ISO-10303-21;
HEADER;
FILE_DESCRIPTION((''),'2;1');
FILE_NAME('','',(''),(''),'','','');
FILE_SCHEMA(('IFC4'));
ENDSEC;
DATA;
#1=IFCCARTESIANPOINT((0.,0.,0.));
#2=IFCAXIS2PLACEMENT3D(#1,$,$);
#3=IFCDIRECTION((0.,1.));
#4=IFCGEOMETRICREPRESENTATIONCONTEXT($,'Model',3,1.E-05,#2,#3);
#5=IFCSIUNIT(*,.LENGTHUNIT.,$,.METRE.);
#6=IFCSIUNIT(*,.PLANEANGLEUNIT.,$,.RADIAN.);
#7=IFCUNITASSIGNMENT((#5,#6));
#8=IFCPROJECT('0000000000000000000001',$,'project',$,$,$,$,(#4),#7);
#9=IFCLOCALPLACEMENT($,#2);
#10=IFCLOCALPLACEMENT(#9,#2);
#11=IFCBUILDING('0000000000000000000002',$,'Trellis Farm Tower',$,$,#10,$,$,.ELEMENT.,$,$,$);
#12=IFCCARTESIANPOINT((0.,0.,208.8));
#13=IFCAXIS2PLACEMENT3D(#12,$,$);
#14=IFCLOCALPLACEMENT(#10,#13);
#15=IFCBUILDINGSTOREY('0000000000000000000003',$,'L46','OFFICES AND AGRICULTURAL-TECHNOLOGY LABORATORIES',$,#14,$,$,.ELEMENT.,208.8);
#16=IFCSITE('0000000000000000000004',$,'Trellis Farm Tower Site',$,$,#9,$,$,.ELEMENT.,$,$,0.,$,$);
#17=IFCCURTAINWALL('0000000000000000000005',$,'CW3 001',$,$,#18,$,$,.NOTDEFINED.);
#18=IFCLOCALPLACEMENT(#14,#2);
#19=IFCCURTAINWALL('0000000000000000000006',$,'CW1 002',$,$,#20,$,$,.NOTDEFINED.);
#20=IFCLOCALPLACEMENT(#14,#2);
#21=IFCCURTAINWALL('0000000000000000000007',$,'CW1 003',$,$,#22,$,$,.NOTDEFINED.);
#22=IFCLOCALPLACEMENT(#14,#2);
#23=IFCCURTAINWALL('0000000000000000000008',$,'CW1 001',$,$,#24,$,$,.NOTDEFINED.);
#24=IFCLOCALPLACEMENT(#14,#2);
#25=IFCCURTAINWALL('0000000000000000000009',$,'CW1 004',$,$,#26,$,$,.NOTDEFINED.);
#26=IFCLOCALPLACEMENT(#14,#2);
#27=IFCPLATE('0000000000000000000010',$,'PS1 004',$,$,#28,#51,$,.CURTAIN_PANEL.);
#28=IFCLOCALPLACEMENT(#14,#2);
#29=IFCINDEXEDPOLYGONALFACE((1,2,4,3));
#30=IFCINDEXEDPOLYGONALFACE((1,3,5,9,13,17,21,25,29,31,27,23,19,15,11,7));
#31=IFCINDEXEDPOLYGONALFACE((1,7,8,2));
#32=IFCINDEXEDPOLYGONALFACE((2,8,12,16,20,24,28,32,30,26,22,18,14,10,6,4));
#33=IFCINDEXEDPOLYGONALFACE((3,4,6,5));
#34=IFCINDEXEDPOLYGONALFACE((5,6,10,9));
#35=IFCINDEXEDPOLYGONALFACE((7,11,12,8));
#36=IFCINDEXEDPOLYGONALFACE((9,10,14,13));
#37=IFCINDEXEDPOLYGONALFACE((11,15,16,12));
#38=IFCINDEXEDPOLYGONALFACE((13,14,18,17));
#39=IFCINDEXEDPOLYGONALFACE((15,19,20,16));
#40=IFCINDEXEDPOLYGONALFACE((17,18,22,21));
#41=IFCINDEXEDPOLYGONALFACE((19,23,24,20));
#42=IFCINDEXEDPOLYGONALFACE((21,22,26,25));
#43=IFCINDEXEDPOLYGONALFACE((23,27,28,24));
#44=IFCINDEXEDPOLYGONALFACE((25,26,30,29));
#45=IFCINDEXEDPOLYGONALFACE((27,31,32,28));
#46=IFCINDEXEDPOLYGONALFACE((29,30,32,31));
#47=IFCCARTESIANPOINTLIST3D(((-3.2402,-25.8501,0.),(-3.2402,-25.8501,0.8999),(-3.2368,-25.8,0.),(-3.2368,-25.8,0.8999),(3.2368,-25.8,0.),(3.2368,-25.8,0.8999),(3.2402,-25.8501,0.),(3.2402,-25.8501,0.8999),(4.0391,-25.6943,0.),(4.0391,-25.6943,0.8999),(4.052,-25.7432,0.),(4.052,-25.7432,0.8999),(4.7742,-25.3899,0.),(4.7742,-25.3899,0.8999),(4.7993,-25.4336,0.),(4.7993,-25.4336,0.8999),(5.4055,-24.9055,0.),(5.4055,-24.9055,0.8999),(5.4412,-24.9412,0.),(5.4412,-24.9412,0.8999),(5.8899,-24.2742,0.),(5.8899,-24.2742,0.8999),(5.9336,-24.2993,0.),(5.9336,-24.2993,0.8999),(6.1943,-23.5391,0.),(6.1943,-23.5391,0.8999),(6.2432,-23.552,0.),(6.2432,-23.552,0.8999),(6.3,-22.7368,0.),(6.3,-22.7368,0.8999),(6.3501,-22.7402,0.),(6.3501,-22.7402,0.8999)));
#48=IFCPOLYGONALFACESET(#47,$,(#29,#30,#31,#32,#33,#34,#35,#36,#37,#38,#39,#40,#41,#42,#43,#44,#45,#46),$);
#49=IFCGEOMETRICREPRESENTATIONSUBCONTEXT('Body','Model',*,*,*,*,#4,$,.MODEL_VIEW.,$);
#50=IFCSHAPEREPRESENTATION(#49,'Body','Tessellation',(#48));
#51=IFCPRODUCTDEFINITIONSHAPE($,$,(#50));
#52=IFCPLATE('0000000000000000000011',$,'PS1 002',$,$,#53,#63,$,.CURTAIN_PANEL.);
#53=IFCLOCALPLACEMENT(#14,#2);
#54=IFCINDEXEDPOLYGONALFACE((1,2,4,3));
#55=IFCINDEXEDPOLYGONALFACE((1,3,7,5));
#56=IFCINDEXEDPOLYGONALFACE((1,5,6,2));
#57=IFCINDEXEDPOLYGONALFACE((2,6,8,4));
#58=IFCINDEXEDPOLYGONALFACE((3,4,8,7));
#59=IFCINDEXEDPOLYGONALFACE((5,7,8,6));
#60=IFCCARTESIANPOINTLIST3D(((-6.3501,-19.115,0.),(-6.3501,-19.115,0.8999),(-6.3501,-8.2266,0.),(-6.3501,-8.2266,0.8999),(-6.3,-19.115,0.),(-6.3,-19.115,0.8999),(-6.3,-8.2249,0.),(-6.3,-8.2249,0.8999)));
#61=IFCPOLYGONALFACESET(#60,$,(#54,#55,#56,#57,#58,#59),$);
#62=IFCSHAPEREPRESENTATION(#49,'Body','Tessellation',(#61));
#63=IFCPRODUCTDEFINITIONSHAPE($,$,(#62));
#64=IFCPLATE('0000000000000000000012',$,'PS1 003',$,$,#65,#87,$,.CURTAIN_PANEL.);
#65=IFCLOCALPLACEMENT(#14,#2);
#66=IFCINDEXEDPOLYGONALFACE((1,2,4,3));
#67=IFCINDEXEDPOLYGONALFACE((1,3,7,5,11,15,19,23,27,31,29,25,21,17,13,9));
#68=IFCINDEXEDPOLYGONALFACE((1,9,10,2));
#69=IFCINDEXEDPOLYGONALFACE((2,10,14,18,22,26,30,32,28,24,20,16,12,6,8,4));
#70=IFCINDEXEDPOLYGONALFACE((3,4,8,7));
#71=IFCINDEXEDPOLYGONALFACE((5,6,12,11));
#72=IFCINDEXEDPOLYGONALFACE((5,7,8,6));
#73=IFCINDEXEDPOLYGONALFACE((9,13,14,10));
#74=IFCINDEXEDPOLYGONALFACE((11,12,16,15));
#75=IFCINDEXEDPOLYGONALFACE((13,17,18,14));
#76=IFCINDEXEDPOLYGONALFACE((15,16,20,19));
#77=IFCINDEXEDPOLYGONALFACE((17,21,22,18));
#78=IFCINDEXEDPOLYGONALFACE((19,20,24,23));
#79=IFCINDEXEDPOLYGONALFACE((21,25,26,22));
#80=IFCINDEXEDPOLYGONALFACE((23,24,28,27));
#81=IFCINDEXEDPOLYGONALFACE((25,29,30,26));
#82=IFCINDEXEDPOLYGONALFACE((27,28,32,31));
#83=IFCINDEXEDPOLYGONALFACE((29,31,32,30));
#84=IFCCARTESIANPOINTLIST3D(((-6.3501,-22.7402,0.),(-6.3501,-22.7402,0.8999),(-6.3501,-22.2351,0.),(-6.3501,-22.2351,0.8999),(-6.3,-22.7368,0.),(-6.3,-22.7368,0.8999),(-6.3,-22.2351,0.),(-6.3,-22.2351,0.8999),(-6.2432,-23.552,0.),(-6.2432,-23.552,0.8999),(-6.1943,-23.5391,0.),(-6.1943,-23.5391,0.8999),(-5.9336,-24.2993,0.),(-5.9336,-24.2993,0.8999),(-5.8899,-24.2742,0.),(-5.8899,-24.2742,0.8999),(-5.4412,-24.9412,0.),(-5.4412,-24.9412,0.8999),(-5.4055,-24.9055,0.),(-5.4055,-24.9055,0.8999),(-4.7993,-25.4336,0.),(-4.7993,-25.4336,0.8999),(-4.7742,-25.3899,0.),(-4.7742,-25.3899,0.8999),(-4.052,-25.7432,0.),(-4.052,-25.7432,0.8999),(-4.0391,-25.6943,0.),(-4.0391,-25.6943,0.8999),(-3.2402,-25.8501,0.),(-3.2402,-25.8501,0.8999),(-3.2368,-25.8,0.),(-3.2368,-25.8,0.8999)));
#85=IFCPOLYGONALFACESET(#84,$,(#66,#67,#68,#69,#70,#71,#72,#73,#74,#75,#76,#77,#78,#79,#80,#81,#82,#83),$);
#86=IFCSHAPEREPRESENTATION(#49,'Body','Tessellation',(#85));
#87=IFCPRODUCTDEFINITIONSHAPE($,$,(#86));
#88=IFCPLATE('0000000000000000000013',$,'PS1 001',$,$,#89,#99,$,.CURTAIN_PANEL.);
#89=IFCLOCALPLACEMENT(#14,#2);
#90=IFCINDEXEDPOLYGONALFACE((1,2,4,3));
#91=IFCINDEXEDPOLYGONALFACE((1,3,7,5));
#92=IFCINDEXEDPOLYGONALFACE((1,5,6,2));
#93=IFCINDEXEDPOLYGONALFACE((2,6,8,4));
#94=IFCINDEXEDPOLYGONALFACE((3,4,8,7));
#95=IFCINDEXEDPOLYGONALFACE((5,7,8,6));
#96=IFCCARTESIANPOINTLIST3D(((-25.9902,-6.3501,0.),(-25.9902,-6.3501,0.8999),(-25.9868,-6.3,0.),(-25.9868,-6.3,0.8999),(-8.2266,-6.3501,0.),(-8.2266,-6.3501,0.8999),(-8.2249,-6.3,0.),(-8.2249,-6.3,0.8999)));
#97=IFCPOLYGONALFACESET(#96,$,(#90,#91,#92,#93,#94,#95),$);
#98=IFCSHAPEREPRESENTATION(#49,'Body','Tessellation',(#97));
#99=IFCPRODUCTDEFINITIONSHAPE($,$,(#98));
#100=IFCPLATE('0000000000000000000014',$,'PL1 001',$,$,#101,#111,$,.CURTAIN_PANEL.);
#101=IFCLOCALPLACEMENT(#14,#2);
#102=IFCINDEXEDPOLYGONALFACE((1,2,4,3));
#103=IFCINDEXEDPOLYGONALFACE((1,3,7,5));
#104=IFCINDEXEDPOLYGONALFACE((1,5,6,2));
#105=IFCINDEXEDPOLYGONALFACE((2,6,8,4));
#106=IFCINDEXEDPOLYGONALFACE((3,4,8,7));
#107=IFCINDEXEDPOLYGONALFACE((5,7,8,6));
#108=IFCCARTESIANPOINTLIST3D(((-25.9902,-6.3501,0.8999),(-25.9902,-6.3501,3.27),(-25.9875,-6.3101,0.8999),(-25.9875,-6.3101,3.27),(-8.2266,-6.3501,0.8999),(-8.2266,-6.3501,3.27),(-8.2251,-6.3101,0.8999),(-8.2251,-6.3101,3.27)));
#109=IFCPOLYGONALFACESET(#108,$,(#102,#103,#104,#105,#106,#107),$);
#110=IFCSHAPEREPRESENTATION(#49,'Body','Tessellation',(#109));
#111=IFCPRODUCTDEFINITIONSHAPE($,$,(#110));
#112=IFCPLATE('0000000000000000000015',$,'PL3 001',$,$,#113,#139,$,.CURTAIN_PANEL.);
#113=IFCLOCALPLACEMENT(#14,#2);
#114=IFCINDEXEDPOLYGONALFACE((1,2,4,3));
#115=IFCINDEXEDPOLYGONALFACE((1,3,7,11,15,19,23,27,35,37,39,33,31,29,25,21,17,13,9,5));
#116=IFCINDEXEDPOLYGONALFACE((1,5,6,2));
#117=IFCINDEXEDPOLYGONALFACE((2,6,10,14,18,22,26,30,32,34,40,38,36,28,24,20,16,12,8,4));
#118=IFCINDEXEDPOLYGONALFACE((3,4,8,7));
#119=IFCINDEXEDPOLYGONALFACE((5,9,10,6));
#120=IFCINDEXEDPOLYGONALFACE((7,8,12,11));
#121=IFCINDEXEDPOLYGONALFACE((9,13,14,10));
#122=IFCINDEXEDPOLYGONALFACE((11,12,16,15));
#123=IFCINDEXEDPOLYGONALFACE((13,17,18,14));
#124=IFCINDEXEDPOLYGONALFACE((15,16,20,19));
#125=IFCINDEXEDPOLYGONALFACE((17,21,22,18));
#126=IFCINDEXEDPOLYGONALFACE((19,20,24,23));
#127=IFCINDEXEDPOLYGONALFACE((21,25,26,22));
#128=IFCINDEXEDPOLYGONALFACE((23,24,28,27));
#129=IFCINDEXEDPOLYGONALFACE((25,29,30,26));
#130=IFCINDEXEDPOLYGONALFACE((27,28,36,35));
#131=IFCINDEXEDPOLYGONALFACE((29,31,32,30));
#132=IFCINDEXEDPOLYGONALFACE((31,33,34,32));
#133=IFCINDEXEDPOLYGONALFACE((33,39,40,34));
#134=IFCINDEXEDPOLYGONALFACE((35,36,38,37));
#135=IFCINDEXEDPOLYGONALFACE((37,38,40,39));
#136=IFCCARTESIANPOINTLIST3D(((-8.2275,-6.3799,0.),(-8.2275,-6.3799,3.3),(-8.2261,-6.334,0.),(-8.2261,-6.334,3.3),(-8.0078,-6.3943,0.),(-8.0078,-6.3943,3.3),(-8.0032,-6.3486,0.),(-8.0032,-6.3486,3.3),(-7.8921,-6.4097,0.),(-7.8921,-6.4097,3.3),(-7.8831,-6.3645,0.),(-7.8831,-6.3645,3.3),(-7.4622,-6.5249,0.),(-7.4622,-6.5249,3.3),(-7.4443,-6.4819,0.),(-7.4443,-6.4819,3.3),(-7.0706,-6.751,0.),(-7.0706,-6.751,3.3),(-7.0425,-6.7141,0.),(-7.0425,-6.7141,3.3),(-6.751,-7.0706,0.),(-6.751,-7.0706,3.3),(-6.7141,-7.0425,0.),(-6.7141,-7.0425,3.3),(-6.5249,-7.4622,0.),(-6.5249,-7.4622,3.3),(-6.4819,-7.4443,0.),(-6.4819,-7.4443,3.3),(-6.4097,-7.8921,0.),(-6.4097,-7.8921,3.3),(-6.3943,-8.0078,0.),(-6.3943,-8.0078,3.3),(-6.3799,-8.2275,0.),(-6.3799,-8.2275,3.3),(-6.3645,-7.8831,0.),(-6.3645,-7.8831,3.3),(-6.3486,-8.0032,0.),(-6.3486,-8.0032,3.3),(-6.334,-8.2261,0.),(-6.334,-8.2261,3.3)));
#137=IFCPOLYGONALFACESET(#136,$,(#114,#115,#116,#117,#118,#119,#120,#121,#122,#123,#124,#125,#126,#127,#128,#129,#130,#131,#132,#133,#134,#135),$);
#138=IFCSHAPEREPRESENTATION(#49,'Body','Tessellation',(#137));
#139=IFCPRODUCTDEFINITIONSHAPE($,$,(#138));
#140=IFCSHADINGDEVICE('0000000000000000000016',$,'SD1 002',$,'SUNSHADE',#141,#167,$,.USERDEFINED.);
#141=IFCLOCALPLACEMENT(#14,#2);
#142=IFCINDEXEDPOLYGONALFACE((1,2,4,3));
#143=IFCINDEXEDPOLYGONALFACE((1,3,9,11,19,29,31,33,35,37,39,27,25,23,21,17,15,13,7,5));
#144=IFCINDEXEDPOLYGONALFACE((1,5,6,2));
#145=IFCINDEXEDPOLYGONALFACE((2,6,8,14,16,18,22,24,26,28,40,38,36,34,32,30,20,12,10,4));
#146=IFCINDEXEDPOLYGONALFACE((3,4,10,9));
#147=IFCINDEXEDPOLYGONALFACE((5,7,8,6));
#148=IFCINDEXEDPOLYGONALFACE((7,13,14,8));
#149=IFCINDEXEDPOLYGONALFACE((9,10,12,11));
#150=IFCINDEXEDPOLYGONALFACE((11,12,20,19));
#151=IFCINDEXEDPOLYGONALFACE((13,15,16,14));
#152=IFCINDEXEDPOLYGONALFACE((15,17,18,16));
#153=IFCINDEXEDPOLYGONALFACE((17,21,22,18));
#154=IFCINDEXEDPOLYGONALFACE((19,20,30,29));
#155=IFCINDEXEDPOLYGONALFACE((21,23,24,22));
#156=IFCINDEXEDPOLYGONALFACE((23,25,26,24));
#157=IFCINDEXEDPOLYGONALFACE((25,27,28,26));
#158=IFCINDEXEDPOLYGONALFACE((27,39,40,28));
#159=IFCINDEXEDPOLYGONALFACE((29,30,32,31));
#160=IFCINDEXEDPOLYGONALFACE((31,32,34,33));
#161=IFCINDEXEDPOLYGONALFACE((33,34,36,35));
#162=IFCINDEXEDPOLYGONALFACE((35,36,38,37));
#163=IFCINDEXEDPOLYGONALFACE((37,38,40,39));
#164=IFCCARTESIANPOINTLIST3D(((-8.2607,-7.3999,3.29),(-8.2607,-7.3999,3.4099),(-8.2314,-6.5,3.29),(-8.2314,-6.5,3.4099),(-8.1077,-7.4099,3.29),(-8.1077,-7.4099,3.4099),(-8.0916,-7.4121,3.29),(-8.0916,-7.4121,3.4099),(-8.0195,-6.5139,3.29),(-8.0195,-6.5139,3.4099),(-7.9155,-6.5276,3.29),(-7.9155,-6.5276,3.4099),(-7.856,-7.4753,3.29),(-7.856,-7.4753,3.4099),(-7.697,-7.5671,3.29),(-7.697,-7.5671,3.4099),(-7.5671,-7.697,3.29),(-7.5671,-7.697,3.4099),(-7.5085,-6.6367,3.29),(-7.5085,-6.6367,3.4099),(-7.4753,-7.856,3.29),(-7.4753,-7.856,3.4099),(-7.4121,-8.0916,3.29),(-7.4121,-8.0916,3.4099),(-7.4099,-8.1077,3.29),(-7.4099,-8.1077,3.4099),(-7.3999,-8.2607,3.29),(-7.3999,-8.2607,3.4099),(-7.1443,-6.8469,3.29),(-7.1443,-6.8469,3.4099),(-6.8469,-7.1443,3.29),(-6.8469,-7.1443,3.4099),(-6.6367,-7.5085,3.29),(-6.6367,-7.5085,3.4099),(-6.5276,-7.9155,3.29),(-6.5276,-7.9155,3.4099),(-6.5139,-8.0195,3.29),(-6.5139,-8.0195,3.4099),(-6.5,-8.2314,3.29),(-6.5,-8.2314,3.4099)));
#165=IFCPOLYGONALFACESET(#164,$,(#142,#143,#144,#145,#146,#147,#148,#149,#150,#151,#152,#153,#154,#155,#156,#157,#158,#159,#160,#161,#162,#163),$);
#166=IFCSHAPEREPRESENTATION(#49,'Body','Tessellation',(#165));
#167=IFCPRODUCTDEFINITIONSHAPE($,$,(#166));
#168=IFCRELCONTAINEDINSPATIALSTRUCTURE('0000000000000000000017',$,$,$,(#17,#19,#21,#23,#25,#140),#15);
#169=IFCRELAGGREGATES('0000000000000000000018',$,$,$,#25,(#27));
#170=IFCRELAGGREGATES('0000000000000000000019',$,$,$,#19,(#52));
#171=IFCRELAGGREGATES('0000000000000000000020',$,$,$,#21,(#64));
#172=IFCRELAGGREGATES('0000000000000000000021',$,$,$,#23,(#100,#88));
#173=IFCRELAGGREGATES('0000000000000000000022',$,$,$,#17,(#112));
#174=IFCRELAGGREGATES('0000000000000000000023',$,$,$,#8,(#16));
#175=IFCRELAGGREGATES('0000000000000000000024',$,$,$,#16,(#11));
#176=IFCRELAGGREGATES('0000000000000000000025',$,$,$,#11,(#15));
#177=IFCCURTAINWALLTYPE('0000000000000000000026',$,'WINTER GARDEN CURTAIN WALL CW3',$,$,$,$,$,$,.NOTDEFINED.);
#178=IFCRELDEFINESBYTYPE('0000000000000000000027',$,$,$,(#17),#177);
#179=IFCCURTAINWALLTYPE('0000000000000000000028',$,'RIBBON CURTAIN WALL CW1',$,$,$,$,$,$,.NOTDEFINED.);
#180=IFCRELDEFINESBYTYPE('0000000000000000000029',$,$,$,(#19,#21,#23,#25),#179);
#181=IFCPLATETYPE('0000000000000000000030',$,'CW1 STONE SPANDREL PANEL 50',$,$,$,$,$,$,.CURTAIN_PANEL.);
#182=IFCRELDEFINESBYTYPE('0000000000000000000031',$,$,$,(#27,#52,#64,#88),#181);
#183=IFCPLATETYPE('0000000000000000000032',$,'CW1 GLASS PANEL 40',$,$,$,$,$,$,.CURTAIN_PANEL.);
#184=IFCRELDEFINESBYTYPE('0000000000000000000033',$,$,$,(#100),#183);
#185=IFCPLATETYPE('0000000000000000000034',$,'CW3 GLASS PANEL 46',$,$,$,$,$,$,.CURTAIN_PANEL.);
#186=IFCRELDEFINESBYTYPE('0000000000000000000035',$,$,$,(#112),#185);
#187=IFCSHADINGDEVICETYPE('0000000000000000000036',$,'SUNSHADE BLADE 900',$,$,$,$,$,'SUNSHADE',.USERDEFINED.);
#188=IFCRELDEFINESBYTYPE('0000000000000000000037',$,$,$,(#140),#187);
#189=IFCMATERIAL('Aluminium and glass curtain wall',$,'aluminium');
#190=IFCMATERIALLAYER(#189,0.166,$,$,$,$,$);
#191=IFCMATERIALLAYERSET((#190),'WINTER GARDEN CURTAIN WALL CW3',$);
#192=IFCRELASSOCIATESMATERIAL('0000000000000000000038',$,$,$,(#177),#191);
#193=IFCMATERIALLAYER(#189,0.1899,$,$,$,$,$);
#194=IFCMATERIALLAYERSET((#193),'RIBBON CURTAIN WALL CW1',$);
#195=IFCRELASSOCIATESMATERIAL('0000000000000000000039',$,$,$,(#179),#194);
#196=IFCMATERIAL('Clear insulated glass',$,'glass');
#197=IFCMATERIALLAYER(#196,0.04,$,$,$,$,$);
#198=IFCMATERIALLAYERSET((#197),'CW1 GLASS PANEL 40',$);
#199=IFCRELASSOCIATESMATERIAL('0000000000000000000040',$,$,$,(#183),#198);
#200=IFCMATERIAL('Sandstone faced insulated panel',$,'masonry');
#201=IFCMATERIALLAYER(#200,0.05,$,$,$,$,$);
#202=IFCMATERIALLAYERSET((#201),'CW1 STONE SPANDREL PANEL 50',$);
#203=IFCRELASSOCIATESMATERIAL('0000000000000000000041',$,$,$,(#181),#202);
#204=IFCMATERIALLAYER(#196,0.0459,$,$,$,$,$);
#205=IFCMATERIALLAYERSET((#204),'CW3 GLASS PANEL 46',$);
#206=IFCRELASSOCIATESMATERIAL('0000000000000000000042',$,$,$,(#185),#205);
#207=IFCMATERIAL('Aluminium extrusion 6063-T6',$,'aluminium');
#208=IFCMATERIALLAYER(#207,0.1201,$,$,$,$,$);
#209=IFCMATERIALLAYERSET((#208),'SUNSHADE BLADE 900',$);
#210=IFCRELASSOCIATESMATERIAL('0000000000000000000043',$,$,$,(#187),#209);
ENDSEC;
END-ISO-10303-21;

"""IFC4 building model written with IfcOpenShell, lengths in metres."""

from ifc_helpers import new_model, si_unit, direction, frame, origin, place, context, subcontext, project, spatial, polyline, outline, extrude, source, transform, mapped, material, layer, layer_set, type_object, element, aggregate, save


model = new_model("IFC4")

# Units and contexts
model_context = context("Model", 3, precision=1e-05, world=origin(), true_north=direction((0.0, 1.0)))
body_context = subcontext(model_context, "Body", "Model", "MODEL_VIEW")
ifc_project = project(units=[si_unit("LENGTHUNIT", "METRE"), si_unit("PLANEANGLEUNIT", "RADIAN")], contexts=[model_context])

# Site, building, storey
site_placement = place(None, origin())
site = spatial("IfcSite", under=ifc_project, at=site_placement, Name="Trellis Farm Tower Site", CompositionType="ELEMENT", RefElevation=0.0)
building_placement = place(site_placement, origin())
building = spatial("IfcBuilding", under=site, at=building_placement, Name="Trellis Farm Tower", CompositionType="ELEMENT")
storey_placement = place(building_placement, frame((0.0, 0.0, 208.8)))
storey = spatial("IfcBuildingStorey", under=building, at=storey_placement, Name="L46", Description="OFFICES AND AGRICULTURAL-TECHNOLOGY LABORATORIES", CompositionType="ELEMENT", Elevation=208.8)

# Curtain walls
ifc_material_1 = material(Name="Aluminium and glass curtain wall", Category="aluminium")
ifc_layer_1 = layer(ifc_material_1, 0.166)
ifc_layer_set_1 = layer_set([ifc_layer_1], Name="WINTER GARDEN CURTAIN WALL CW3")
curtain_wall_type_1 = type_object("IfcCurtainWallType", Name="WINTER GARDEN CURTAIN WALL CW3", PredefinedType="NOTDEFINED", material=ifc_layer_set_1)
placement_1 = place(storey_placement, origin())
curtain_wall_1 = element("IfcCurtainWall", 1, at=placement_1, inside=storey, type_object=curtain_wall_type_1, Name="CW3 001", PredefinedType="NOTDEFINED")
ifc_material_2 = material(Name="Aluminium extrusion 6063-T6", Category="aluminium")
ifc_layer_2 = layer(ifc_material_1, 0.1899)
ifc_layer_set_2 = layer_set([ifc_layer_2], Name="RIBBON CURTAIN WALL CW1")
curtain_wall_type_2 = type_object("IfcCurtainWallType", Name="RIBBON CURTAIN WALL CW1", PredefinedType="NOTDEFINED", material=ifc_layer_set_2)
curtain_wall_2 = element("IfcCurtainWall", 2, at=placement_1, inside=storey, type_object=curtain_wall_type_2, Name="CW1 002", PredefinedType="NOTDEFINED")
curtain_wall_3 = element("IfcCurtainWall", 3, at=placement_1, inside=storey, type_object=curtain_wall_type_2, Name="CW1 003", PredefinedType="NOTDEFINED")
curtain_wall_4 = element("IfcCurtainWall", 4, at=placement_1, inside=storey, type_object=curtain_wall_type_2, Name="CW1 001", PredefinedType="NOTDEFINED")

# Shared definitions
ifc_material_3 = material(Name="Clear insulated glass", Category="glass")
ifc_layer_3 = layer(ifc_material_3, 0.04)
ifc_layer_set_3 = layer_set([ifc_layer_3], Name="CW1 GLASS PANEL 40")
plate_type_1 = type_object("IfcPlateType", Name="CW1 GLASS PANEL 40", PredefinedType="CURTAIN_PANEL", material=ifc_layer_set_3)
placement_2 = place(storey_placement, frame((0.0, 0.0, 0.8999)))

# Curtain wall
curtain_wall_5 = element("IfcCurtainWall", 5, at=placement_1, inside=storey, type_object=curtain_wall_type_2, Name="CW1 004", PredefinedType="NOTDEFINED")

# Plates
ifc_material_4 = material(Name="Sandstone faced insulated panel", Category="masonry")
ifc_layer_4 = layer(ifc_material_4, 0.05)
ifc_layer_set_4 = layer_set([ifc_layer_4], Name="CW1 STONE SPANDREL PANEL 50")
plate_type_2 = type_object("IfcPlateType", Name="CW1 STONE SPANDREL PANEL 50", PredefinedType="CURTAIN_PANEL", material=ifc_layer_set_4)
shared_shape_1 = source(origin(), body_context, "Body", "SweptSolid", [
    extrude(outline(polyline([(-3.2402, -25.8501), (3.2402, -25.8501), (4.052, -25.7432), (4.7993, -25.4336), (5.4412, -24.9412), (5.9336, -24.2993), (6.2432, -23.552), (6.3501, -22.7402), (6.3, -22.7368), (6.1943, -23.5391), (5.8899, -24.2742), (5.4055, -24.9055), (4.7742, -25.3899), (4.0391, -25.6943), (3.2368, -25.8), (-3.2368, -25.8), (-3.2402, -25.8501)])), origin(), (0.0, 0.0, 1.0), 0.8999),
])
plate_1 = element("IfcPlate", 6, at=placement_1, type_object=plate_type_2, Name="PS1 004", PredefinedType="CURTAIN_PANEL", context=body_context, shape_type="MappedRepresentation", body=[
    mapped(shared_shape_1, transform((0.0, 0.0, 0.0))),
])
aggregate(curtain_wall_5, [plate_1])
shared_shape_2 = source(origin(), body_context, "Body", "SweptSolid", [
    extrude(outline(polyline([(-6.3501, -8.2266), (-6.3501, -19.115), (-6.3, -19.115), (-6.3, -8.2249), (-6.3501, -8.2266)])), origin(), (0.0, 0.0, 1.0), 0.8999),
])
plate_2 = element("IfcPlate", 7, at=placement_1, type_object=plate_type_2, Name="PS1 002", PredefinedType="CURTAIN_PANEL", context=body_context, shape_type="MappedRepresentation", body=[
    mapped(shared_shape_2, transform((0.0, 0.0, 0.0))),
])
aggregate(curtain_wall_2, [plate_2])
shared_shape_3 = source(origin(), body_context, "Body", "SweptSolid", [
    extrude(outline(polyline([(-6.3501, -22.2351), (-6.3501, -22.7402), (-6.2432, -23.552), (-5.9336, -24.2993), (-5.4412, -24.9412), (-4.7993, -25.4336), (-4.052, -25.7432), (-3.2402, -25.8501), (-3.2368, -25.8), (-4.0391, -25.6943), (-4.7742, -25.3899), (-5.4055, -24.9055), (-5.8899, -24.2742), (-6.1943, -23.5391), (-6.3, -22.7368), (-6.3, -22.2351), (-6.3501, -22.2351)])), origin(), (0.0, 0.0, 1.0), 0.8999),
])
plate_3 = element("IfcPlate", 8, at=placement_1, type_object=plate_type_2, Name="PS1 003", PredefinedType="CURTAIN_PANEL", context=body_context, shape_type="MappedRepresentation", body=[
    mapped(shared_shape_3, transform((0.0, 0.0, 0.0))),
])
aggregate(curtain_wall_3, [plate_3])
shared_shape_4 = source(origin(), body_context, "Body", "SweptSolid", [
    extrude(outline(polyline([(-25.9902, -6.3501), (-8.2266, -6.3501), (-8.2249, -6.3), (-25.9868, -6.3), (-25.9902, -6.3501)])), origin(), (0.0, 0.0, 1.0), 0.8999),
])
plate_4 = element("IfcPlate", 9, at=placement_1, type_object=plate_type_2, Name="PS1 001", PredefinedType="CURTAIN_PANEL", context=body_context, shape_type="MappedRepresentation", body=[
    mapped(shared_shape_4, transform((0.0, 0.0, 0.0))),
])
shared_shape_5 = source(origin(), body_context, "Body", "SweptSolid", [
    extrude(outline(polyline([(-25.9902, -6.3501), (-8.2266, -6.3501), (-8.2251, -6.3101), (-25.9875, -6.3101), (-25.9902, -6.3501)])), origin(), (0.0, 0.0, 1.0), 2.3701),
])
plate_5 = element("IfcPlate", 10, at=placement_2, type_object=plate_type_1, Name="PL1 001", PredefinedType="CURTAIN_PANEL", context=body_context, shape_type="MappedRepresentation", body=[
    mapped(shared_shape_5, transform((0.0, 0.0, 0.0))),
])
aggregate(curtain_wall_4, [plate_5, plate_4])
ifc_layer_5 = layer(ifc_material_3, 0.0459)
ifc_layer_set_5 = layer_set([ifc_layer_5], Name="CW3 GLASS PANEL 46")
plate_type_3 = type_object("IfcPlateType", Name="CW3 GLASS PANEL 46", PredefinedType="CURTAIN_PANEL", material=ifc_layer_set_5)
shared_shape_6 = source(origin(), body_context, "Body", "SweptSolid", [
    extrude(outline(polyline([(-8.2275, -6.3799), (-8.0078, -6.3943), (-7.8921, -6.4097), (-7.4622, -6.5249), (-7.0706, -6.751), (-6.751, -7.0706), (-6.5249, -7.4622), (-6.4097, -7.8921), (-6.3943, -8.0078), (-6.3799, -8.2275), (-6.334, -8.2261), (-6.3486, -8.0032), (-6.3645, -7.8831), (-6.4819, -7.4443), (-6.7141, -7.0425), (-7.0425, -6.7141), (-7.4443, -6.4819), (-7.8831, -6.3645), (-8.0032, -6.3486), (-8.2261, -6.334), (-8.2275, -6.3799)])), origin(), (0.0, 0.0, 1.0), 3.3),
])
plate_6 = element("IfcPlate", 11, at=placement_1, type_object=plate_type_3, Name="PL3 001", PredefinedType="CURTAIN_PANEL", context=body_context, shape_type="MappedRepresentation", body=[
    mapped(shared_shape_6, transform((0.0, 0.0, 0.0))),
])
aggregate(curtain_wall_1, [plate_6])

# Shading device
ifc_layer_6 = layer(ifc_material_2, 0.1201)
ifc_layer_set_6 = layer_set([ifc_layer_6], Name="SUNSHADE BLADE 900")
shading_device_type_1 = type_object("IfcShadingDeviceType", Name="SUNSHADE BLADE 900", ElementType="SUNSHADE", PredefinedType="USERDEFINED", material=ifc_layer_set_6)
shared_shape_7 = source(origin(), body_context, "Body", "SweptSolid", [
    extrude(outline(polyline([(-8.2607, -7.3999), (-8.1077, -7.4099), (-8.0916, -7.4121), (-7.856, -7.4753), (-7.697, -7.5671), (-7.5671, -7.697), (-7.4753, -7.856), (-7.4121, -8.0916), (-7.4099, -8.1077), (-7.3999, -8.2607), (-6.5, -8.2314), (-6.5139, -8.0195), (-6.5276, -7.9155), (-6.6367, -7.5085), (-6.8469, -7.1443), (-7.1443, -6.8469), (-7.5085, -6.6367), (-7.9155, -6.5276), (-8.0195, -6.5139), (-8.2314, -6.5), (-8.2607, -7.3999)])), origin(), (0.0, 0.0, 1.0), 0.1199),
])
placement_3 = place(storey_placement, frame((0.0, 0.0, 3.29)))
element("IfcShadingDevice", 12, at=placement_3, inside=storey, type_object=shading_device_type_1, Name="SD1 002", ObjectType="SUNSHADE", PredefinedType="USERDEFINED", context=body_context, shape_type="MappedRepresentation", body=[
    mapped(shared_shape_7, transform((0.0, 0.0, 0.0))),
])

save(model, "model.ifc")
